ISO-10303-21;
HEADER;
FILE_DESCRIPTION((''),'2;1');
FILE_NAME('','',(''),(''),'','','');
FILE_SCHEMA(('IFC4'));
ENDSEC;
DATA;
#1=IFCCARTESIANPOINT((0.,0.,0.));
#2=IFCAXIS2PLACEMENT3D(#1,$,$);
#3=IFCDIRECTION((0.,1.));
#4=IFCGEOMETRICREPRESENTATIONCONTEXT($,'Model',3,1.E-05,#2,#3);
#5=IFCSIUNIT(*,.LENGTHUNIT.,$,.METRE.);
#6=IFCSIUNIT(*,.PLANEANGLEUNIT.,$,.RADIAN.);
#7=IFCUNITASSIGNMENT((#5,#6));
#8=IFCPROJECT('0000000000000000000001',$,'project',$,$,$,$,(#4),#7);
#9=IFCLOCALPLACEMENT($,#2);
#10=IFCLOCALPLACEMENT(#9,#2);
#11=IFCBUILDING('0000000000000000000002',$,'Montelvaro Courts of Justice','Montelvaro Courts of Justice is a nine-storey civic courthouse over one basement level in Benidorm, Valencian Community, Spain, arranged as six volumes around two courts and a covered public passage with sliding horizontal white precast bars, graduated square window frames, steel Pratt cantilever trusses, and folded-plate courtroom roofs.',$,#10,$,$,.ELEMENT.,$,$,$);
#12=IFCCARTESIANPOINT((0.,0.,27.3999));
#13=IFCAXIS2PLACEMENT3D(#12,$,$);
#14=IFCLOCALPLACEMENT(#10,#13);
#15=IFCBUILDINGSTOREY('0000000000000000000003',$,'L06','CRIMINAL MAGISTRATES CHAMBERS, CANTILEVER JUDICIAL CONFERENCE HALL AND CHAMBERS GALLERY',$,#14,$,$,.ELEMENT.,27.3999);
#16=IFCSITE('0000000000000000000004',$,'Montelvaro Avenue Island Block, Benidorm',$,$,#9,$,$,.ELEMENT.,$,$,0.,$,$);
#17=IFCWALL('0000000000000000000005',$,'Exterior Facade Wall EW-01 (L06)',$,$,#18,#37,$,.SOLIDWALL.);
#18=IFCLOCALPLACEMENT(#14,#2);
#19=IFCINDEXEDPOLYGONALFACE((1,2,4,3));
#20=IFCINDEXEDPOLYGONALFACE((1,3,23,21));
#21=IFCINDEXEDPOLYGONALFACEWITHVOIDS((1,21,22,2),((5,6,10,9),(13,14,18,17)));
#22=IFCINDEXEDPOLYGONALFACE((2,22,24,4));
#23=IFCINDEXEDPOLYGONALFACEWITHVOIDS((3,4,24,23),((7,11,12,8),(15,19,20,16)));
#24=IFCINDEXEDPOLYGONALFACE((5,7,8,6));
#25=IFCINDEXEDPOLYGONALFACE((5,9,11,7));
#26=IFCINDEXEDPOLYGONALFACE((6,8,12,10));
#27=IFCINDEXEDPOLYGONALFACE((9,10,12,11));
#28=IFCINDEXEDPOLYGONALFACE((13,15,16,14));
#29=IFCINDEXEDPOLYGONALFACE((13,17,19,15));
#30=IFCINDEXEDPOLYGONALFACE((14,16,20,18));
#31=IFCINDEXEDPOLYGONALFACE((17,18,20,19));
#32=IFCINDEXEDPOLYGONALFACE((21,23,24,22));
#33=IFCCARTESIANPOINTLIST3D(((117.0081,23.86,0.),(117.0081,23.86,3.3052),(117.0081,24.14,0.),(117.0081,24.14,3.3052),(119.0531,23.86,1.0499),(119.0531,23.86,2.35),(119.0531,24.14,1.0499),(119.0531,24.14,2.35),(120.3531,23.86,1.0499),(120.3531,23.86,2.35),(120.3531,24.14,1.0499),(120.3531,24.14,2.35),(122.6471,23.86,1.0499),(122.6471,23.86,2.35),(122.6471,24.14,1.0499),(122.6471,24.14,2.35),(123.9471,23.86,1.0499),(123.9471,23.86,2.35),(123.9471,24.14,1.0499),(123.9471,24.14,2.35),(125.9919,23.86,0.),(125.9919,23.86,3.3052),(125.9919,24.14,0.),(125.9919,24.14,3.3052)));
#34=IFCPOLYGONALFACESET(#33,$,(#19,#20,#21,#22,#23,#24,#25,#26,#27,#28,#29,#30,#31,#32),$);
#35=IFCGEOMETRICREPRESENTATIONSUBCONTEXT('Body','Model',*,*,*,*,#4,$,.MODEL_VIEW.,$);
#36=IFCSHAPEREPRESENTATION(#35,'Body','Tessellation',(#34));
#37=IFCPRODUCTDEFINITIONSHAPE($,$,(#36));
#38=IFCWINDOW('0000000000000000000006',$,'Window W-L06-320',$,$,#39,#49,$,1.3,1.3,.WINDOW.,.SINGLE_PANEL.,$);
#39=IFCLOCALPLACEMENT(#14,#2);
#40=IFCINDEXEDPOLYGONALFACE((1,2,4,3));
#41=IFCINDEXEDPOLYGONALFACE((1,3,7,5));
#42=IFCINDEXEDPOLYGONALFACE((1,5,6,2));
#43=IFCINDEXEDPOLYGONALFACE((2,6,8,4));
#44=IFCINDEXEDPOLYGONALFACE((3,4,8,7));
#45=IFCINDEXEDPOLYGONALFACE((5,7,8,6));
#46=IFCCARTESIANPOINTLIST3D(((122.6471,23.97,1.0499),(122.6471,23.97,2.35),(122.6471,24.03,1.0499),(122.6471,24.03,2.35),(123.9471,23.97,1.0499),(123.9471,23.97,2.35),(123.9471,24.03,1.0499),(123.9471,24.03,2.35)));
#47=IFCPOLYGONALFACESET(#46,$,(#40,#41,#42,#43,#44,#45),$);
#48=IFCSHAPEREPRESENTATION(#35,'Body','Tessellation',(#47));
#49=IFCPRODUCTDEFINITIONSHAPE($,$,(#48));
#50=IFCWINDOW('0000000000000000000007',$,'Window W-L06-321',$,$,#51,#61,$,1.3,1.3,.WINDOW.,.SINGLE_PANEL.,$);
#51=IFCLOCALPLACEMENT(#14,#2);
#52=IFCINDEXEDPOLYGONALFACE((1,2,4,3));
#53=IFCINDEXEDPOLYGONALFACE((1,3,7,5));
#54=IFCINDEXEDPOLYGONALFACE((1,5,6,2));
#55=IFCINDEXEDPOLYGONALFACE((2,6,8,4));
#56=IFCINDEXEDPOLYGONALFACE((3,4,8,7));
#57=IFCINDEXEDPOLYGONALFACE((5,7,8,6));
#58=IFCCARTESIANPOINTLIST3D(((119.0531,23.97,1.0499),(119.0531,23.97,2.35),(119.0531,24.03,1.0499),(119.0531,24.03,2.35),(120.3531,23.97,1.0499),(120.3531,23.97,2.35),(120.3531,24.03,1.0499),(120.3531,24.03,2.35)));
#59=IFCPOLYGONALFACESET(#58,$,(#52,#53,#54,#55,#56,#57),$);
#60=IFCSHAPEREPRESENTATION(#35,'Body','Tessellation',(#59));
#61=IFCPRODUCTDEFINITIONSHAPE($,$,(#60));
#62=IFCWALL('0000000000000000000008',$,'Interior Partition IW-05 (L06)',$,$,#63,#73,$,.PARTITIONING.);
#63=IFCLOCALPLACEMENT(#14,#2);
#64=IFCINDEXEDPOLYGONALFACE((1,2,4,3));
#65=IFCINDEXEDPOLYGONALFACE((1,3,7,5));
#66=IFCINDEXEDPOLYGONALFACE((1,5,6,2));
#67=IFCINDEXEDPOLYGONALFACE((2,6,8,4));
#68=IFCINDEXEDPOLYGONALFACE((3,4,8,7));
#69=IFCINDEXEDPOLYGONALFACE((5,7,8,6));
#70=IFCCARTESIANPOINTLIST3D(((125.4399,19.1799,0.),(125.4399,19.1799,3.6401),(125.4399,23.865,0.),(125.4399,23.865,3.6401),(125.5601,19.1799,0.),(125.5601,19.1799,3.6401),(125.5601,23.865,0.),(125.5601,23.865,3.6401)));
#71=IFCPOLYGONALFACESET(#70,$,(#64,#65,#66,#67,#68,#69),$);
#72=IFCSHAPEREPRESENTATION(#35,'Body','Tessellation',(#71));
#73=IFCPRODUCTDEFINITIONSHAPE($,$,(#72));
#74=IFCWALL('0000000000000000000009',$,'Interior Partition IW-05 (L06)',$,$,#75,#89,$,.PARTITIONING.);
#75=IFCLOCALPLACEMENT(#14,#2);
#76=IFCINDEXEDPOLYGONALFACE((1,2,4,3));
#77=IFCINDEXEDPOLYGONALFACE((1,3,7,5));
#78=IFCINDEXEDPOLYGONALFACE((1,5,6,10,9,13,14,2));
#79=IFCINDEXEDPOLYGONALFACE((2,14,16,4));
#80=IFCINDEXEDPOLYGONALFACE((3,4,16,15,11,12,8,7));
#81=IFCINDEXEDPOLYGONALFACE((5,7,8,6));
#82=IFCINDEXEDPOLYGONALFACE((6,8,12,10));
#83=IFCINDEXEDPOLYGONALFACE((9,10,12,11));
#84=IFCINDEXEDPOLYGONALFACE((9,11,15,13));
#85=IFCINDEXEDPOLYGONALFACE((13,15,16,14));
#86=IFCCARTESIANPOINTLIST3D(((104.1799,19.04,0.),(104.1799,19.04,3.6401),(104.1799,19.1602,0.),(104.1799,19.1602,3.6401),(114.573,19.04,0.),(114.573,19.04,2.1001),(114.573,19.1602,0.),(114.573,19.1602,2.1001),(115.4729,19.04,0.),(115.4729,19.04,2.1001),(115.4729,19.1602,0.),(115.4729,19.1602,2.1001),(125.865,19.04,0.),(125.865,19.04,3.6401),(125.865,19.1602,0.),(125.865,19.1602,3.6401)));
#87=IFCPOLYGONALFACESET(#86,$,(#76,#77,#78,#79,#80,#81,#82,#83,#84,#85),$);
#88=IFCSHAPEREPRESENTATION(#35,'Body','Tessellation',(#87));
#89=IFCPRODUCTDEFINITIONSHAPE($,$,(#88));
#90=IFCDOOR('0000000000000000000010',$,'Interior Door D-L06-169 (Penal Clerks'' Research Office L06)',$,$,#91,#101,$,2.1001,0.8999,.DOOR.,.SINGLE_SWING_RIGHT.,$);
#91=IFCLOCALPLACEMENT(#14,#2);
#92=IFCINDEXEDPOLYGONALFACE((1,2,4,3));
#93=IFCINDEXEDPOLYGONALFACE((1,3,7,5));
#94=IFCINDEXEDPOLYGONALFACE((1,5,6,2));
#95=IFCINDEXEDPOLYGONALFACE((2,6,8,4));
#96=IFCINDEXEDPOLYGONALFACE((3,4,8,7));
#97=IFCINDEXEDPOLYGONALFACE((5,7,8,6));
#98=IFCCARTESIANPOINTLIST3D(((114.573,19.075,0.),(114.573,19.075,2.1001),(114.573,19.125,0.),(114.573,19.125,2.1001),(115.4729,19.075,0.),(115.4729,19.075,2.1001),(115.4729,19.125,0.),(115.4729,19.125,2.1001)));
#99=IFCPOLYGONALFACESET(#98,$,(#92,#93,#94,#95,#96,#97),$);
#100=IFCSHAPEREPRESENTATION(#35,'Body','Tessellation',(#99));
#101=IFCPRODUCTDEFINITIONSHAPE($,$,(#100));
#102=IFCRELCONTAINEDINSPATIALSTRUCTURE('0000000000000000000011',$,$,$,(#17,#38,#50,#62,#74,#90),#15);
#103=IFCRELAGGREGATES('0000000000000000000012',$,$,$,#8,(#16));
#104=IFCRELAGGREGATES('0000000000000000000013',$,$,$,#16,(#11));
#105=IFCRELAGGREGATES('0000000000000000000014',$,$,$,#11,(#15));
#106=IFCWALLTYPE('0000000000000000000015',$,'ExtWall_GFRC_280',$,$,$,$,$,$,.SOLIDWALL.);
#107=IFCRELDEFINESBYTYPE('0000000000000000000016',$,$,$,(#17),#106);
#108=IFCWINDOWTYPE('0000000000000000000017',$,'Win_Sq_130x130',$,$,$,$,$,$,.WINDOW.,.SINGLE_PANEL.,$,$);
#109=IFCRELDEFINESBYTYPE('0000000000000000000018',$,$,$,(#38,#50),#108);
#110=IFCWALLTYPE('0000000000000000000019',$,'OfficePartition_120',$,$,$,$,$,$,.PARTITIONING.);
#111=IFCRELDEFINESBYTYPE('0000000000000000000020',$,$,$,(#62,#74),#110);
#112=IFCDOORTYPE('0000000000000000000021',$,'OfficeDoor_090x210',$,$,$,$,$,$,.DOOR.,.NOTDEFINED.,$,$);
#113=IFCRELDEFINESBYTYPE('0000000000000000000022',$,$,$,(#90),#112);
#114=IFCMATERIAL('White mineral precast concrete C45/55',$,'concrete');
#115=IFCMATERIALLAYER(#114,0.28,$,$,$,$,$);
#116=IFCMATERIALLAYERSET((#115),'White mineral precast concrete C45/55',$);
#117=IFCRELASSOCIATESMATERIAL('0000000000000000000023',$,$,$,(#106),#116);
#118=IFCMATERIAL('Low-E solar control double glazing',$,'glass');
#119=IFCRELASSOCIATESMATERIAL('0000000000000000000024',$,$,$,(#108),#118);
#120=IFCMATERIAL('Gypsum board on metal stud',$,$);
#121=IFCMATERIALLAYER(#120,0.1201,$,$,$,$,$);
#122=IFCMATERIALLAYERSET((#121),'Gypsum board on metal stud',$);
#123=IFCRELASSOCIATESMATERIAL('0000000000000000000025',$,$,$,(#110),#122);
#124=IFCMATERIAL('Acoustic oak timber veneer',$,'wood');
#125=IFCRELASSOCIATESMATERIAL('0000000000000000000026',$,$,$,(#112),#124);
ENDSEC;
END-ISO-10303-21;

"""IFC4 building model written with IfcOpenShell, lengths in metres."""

from ifc_helpers import new_model, si_unit, direction, frame, frame_2d, origin, place, context, subcontext, project, spatial, rectangle, extrude, material, layer, layer_set, type_object, element, fill, save


model = new_model("IFC4")

# Units and contexts
model_context = context("Model", 3, precision=1e-05, world=origin(), true_north=direction((0.0, 1.0)))
body_context = subcontext(model_context, "Body", "Model", "MODEL_VIEW")
ifc_project = project(units=[si_unit("LENGTHUNIT", "METRE"), si_unit("PLANEANGLEUNIT", "RADIAN")], contexts=[model_context])

# Site, building, storey
site_placement = place(None, origin())
site = spatial("IfcSite", under=ifc_project, at=site_placement, Name="Montelvaro Avenue Island Block, Benidorm", CompositionType="ELEMENT", RefElevation=0.0)
building_placement = place(site_placement, origin())
building = spatial("IfcBuilding", under=site, at=building_placement, Name="Montelvaro Courts of Justice", Description="Montelvaro Courts of Justice is a nine-storey civic courthouse over one basement level in Benidorm, Valencian Community, Spain, arranged as six volumes around two courts and a covered public passage with sliding horizontal white precast bars, graduated square window frames, steel Pratt cantilever trusses, and folded-plate courtroom roofs.", CompositionType="ELEMENT")
storey_placement = place(building_placement, frame((0.0, 0.0, 27.3999)))
storey = spatial("IfcBuildingStorey", under=building, at=storey_placement, Name="L06", Description="CRIMINAL MAGISTRATES CHAMBERS, CANTILEVER JUDICIAL CONFERENCE HALL AND CHAMBERS GALLERY", CompositionType="ELEMENT", Elevation=27.3999)

# Shared definitions
ifc_material_1 = material(Name="White mineral precast concrete C45/55", Category="concrete")

# Wall, openings, windows
ifc_layer_1 = layer(ifc_material_1, 0.28)
ifc_layer_set_1 = layer_set([ifc_layer_1], Name="White mineral precast concrete C45/55")
wall_type_1 = type_object("IfcWallType", Name="ExtWall_GFRC_280", PredefinedType="SOLIDWALL", material=ifc_layer_set_1)
wall_1_placement = place(storey_placement, frame((125.9919, 24.0, 0.0), z_axis=(0.0, 0.0, 1.0), x_axis=(-1.0, 0.0, 0.0)))
wall_1 = element("IfcWall", 1, at=wall_1_placement, inside=storey, type_object=wall_type_1, Name="Exterior Facade Wall EW-01 (L06)", PredefinedType="SOLIDWALL", context=body_context, shape_type="SweptSolid", body=[
    extrude(rectangle(XDim=8.9839, YDim=0.28, at=frame_2d((4.4919, 0.0))), origin(), (0.0, 0.0, 1.0), 3.3052),
])
opening_1_placement = place(wall_1_placement, frame((2.0449, 0.0, 1.05)))
opening_1 = element("IfcOpeningElement", 2, at=opening_1_placement, cuts=wall_1, PredefinedType="OPENING", context=body_context, shape_type="SweptSolid", body=[
    extrude(rectangle(XDim=1.3, YDim=1.3, at=frame_2d((0.6499, 0.6499))), frame((0.0, 0.1548, 0.0), z_axis=(0.0, -1.0, 0.0), x_axis=(1.0, 0.0, 0.0)), (0.0, 0.0, 1.0), 0.3098),
])
opening_2_placement = place(wall_1_placement, frame((5.6389, 0.0, 1.05)))
opening_2 = element("IfcOpeningElement", 3, at=opening_2_placement, cuts=wall_1, PredefinedType="OPENING", context=body_context, shape_type="SweptSolid", body=[
    extrude(rectangle(XDim=1.3, YDim=1.3, at=frame_2d((0.6499, 0.6499))), frame((0.0, 0.1548, 0.0), z_axis=(0.0, -1.0, 0.0), x_axis=(1.0, 0.0, 0.0)), (0.0, 0.0, 1.0), 0.3098),
])
ifc_material_2 = material(Name="Low-E solar control double glazing", Category="glass")
window_type = type_object("IfcWindowType", Name="Win_Sq_130x130", PartitioningType="SINGLE_PANEL", PredefinedType="WINDOW", material=ifc_material_2)
window_1_placement = place(opening_1_placement, origin())
window_1 = element("IfcWindow", 4, at=window_1_placement, inside=storey, type_object=window_type, Name="Window W-L06-320", OverallHeight=1.3, OverallWidth=1.3, PartitioningType="SINGLE_PANEL", PredefinedType="WINDOW", context=body_context, shape_type="SweptSolid", body=[
    extrude(rectangle(XDim=1.3, YDim=1.3, at=frame_2d((0.6499, 0.6499))), frame((0.0, 0.03, 0.0), z_axis=(0.0, -1.0, 0.0), x_axis=(1.0, 0.0, 0.0)), (0.0, 0.0, 1.0), 0.0601),
])
fill(opening_1, window_1)
window_2_placement = place(opening_2_placement, origin())
window_2 = element("IfcWindow", 5, at=window_2_placement, inside=storey, type_object=window_type, Name="Window W-L06-321", OverallHeight=1.3, OverallWidth=1.3, PartitioningType="SINGLE_PANEL", PredefinedType="WINDOW", context=body_context, shape_type="SweptSolid", body=[
    extrude(rectangle(XDim=1.3, YDim=1.3, at=frame_2d((0.6499, 0.6499))), frame((0.0, 0.03, 0.0), z_axis=(0.0, -1.0, 0.0), x_axis=(1.0, 0.0, 0.0)), (0.0, 0.0, 1.0), 0.0601),
])
fill(opening_2, window_2)

# Wall
ifc_material_3 = material(Name="Gypsum board on metal stud")
ifc_layer_2 = layer(ifc_material_3, 0.1201)
ifc_layer_set_2 = layer_set([ifc_layer_2], Name="Gypsum board on metal stud")
wall_type_2 = type_object("IfcWallType", Name="OfficePartition_120", PredefinedType="PARTITIONING", material=ifc_layer_set_2)
wall_2_placement = place(storey_placement, frame((125.5, 23.865, 0.0), z_axis=(0.0, 0.0, 1.0), x_axis=(0.0, -1.0, 0.0)))
element("IfcWall", 6, at=wall_2_placement, inside=storey, type_object=wall_type_2, Name="Interior Partition IW-05 (L06)", PredefinedType="PARTITIONING", context=body_context, shape_type="SweptSolid", body=[
    extrude(rectangle(XDim=4.6851, YDim=0.1201, at=frame_2d((2.3425, 0.0))), origin(), (0.0, 0.0, 1.0), 3.6401),
])

# Wall, opening, door
wall_3_placement = place(storey_placement, frame((125.865, 19.1001, 0.0), z_axis=(0.0, 0.0, 1.0), x_axis=(-1.0, 0.0, 0.0)))
wall_3 = element("IfcWall", 7, at=wall_3_placement, inside=storey, type_object=wall_type_2, Name="Interior Partition IW-05 (L06)", PredefinedType="PARTITIONING", context=body_context, shape_type="SweptSolid", body=[
    extrude(rectangle(XDim=21.6851, YDim=0.1201, at=frame_2d((10.8425, 0.0))), origin(), (0.0, 0.0, 1.0), 3.6401),
])
opening_3_placement = place(wall_3_placement, frame((10.3921, 0.0, 0.0)))
opening_3 = element("IfcOpeningElement", 8, at=opening_3_placement, cuts=wall_3, PredefinedType="OPENING", context=body_context, shape_type="SweptSolid", body=[
    extrude(rectangle(XDim=0.8999, YDim=2.1001, at=frame_2d((0.45, 1.05))), frame((0.0, 0.075, 0.0), z_axis=(0.0, -1.0, 0.0), x_axis=(1.0, 0.0, 0.0)), (0.0, 0.0, 1.0), 0.1499),
])
ifc_material_4 = material(Name="Acoustic oak timber veneer", Category="wood")
door_type = type_object("IfcDoorType", Name="OfficeDoor_090x210", OperationType="NOTDEFINED", PredefinedType="DOOR", material=ifc_material_4)
door_placement = place(opening_3_placement, frame((0.8999, 0.0, 0.0), z_axis=(0.0, 0.0, 1.0), x_axis=(-1.0, 0.0, 0.0)))
door = element("IfcDoor", 9, at=door_placement, inside=storey, type_object=door_type, Name="Interior Door D-L06-169 (Penal Clerks' Research Office L06)", OperationType="SINGLE_SWING_RIGHT", OverallHeight=2.1001, OverallWidth=0.8999, PredefinedType="DOOR", context=body_context, shape_type="SweptSolid", body=[
    extrude(rectangle(XDim=0.8999, YDim=2.1001, at=frame_2d((0.45, 1.05))), frame((0.0, 0.0249, 0.0), z_axis=(0.0, -1.0, 0.0), x_axis=(1.0, 0.0, 0.0)), (0.0, 0.0, 1.0), 0.05),
])
fill(opening_3, door)

save(model, "model.ifc")
